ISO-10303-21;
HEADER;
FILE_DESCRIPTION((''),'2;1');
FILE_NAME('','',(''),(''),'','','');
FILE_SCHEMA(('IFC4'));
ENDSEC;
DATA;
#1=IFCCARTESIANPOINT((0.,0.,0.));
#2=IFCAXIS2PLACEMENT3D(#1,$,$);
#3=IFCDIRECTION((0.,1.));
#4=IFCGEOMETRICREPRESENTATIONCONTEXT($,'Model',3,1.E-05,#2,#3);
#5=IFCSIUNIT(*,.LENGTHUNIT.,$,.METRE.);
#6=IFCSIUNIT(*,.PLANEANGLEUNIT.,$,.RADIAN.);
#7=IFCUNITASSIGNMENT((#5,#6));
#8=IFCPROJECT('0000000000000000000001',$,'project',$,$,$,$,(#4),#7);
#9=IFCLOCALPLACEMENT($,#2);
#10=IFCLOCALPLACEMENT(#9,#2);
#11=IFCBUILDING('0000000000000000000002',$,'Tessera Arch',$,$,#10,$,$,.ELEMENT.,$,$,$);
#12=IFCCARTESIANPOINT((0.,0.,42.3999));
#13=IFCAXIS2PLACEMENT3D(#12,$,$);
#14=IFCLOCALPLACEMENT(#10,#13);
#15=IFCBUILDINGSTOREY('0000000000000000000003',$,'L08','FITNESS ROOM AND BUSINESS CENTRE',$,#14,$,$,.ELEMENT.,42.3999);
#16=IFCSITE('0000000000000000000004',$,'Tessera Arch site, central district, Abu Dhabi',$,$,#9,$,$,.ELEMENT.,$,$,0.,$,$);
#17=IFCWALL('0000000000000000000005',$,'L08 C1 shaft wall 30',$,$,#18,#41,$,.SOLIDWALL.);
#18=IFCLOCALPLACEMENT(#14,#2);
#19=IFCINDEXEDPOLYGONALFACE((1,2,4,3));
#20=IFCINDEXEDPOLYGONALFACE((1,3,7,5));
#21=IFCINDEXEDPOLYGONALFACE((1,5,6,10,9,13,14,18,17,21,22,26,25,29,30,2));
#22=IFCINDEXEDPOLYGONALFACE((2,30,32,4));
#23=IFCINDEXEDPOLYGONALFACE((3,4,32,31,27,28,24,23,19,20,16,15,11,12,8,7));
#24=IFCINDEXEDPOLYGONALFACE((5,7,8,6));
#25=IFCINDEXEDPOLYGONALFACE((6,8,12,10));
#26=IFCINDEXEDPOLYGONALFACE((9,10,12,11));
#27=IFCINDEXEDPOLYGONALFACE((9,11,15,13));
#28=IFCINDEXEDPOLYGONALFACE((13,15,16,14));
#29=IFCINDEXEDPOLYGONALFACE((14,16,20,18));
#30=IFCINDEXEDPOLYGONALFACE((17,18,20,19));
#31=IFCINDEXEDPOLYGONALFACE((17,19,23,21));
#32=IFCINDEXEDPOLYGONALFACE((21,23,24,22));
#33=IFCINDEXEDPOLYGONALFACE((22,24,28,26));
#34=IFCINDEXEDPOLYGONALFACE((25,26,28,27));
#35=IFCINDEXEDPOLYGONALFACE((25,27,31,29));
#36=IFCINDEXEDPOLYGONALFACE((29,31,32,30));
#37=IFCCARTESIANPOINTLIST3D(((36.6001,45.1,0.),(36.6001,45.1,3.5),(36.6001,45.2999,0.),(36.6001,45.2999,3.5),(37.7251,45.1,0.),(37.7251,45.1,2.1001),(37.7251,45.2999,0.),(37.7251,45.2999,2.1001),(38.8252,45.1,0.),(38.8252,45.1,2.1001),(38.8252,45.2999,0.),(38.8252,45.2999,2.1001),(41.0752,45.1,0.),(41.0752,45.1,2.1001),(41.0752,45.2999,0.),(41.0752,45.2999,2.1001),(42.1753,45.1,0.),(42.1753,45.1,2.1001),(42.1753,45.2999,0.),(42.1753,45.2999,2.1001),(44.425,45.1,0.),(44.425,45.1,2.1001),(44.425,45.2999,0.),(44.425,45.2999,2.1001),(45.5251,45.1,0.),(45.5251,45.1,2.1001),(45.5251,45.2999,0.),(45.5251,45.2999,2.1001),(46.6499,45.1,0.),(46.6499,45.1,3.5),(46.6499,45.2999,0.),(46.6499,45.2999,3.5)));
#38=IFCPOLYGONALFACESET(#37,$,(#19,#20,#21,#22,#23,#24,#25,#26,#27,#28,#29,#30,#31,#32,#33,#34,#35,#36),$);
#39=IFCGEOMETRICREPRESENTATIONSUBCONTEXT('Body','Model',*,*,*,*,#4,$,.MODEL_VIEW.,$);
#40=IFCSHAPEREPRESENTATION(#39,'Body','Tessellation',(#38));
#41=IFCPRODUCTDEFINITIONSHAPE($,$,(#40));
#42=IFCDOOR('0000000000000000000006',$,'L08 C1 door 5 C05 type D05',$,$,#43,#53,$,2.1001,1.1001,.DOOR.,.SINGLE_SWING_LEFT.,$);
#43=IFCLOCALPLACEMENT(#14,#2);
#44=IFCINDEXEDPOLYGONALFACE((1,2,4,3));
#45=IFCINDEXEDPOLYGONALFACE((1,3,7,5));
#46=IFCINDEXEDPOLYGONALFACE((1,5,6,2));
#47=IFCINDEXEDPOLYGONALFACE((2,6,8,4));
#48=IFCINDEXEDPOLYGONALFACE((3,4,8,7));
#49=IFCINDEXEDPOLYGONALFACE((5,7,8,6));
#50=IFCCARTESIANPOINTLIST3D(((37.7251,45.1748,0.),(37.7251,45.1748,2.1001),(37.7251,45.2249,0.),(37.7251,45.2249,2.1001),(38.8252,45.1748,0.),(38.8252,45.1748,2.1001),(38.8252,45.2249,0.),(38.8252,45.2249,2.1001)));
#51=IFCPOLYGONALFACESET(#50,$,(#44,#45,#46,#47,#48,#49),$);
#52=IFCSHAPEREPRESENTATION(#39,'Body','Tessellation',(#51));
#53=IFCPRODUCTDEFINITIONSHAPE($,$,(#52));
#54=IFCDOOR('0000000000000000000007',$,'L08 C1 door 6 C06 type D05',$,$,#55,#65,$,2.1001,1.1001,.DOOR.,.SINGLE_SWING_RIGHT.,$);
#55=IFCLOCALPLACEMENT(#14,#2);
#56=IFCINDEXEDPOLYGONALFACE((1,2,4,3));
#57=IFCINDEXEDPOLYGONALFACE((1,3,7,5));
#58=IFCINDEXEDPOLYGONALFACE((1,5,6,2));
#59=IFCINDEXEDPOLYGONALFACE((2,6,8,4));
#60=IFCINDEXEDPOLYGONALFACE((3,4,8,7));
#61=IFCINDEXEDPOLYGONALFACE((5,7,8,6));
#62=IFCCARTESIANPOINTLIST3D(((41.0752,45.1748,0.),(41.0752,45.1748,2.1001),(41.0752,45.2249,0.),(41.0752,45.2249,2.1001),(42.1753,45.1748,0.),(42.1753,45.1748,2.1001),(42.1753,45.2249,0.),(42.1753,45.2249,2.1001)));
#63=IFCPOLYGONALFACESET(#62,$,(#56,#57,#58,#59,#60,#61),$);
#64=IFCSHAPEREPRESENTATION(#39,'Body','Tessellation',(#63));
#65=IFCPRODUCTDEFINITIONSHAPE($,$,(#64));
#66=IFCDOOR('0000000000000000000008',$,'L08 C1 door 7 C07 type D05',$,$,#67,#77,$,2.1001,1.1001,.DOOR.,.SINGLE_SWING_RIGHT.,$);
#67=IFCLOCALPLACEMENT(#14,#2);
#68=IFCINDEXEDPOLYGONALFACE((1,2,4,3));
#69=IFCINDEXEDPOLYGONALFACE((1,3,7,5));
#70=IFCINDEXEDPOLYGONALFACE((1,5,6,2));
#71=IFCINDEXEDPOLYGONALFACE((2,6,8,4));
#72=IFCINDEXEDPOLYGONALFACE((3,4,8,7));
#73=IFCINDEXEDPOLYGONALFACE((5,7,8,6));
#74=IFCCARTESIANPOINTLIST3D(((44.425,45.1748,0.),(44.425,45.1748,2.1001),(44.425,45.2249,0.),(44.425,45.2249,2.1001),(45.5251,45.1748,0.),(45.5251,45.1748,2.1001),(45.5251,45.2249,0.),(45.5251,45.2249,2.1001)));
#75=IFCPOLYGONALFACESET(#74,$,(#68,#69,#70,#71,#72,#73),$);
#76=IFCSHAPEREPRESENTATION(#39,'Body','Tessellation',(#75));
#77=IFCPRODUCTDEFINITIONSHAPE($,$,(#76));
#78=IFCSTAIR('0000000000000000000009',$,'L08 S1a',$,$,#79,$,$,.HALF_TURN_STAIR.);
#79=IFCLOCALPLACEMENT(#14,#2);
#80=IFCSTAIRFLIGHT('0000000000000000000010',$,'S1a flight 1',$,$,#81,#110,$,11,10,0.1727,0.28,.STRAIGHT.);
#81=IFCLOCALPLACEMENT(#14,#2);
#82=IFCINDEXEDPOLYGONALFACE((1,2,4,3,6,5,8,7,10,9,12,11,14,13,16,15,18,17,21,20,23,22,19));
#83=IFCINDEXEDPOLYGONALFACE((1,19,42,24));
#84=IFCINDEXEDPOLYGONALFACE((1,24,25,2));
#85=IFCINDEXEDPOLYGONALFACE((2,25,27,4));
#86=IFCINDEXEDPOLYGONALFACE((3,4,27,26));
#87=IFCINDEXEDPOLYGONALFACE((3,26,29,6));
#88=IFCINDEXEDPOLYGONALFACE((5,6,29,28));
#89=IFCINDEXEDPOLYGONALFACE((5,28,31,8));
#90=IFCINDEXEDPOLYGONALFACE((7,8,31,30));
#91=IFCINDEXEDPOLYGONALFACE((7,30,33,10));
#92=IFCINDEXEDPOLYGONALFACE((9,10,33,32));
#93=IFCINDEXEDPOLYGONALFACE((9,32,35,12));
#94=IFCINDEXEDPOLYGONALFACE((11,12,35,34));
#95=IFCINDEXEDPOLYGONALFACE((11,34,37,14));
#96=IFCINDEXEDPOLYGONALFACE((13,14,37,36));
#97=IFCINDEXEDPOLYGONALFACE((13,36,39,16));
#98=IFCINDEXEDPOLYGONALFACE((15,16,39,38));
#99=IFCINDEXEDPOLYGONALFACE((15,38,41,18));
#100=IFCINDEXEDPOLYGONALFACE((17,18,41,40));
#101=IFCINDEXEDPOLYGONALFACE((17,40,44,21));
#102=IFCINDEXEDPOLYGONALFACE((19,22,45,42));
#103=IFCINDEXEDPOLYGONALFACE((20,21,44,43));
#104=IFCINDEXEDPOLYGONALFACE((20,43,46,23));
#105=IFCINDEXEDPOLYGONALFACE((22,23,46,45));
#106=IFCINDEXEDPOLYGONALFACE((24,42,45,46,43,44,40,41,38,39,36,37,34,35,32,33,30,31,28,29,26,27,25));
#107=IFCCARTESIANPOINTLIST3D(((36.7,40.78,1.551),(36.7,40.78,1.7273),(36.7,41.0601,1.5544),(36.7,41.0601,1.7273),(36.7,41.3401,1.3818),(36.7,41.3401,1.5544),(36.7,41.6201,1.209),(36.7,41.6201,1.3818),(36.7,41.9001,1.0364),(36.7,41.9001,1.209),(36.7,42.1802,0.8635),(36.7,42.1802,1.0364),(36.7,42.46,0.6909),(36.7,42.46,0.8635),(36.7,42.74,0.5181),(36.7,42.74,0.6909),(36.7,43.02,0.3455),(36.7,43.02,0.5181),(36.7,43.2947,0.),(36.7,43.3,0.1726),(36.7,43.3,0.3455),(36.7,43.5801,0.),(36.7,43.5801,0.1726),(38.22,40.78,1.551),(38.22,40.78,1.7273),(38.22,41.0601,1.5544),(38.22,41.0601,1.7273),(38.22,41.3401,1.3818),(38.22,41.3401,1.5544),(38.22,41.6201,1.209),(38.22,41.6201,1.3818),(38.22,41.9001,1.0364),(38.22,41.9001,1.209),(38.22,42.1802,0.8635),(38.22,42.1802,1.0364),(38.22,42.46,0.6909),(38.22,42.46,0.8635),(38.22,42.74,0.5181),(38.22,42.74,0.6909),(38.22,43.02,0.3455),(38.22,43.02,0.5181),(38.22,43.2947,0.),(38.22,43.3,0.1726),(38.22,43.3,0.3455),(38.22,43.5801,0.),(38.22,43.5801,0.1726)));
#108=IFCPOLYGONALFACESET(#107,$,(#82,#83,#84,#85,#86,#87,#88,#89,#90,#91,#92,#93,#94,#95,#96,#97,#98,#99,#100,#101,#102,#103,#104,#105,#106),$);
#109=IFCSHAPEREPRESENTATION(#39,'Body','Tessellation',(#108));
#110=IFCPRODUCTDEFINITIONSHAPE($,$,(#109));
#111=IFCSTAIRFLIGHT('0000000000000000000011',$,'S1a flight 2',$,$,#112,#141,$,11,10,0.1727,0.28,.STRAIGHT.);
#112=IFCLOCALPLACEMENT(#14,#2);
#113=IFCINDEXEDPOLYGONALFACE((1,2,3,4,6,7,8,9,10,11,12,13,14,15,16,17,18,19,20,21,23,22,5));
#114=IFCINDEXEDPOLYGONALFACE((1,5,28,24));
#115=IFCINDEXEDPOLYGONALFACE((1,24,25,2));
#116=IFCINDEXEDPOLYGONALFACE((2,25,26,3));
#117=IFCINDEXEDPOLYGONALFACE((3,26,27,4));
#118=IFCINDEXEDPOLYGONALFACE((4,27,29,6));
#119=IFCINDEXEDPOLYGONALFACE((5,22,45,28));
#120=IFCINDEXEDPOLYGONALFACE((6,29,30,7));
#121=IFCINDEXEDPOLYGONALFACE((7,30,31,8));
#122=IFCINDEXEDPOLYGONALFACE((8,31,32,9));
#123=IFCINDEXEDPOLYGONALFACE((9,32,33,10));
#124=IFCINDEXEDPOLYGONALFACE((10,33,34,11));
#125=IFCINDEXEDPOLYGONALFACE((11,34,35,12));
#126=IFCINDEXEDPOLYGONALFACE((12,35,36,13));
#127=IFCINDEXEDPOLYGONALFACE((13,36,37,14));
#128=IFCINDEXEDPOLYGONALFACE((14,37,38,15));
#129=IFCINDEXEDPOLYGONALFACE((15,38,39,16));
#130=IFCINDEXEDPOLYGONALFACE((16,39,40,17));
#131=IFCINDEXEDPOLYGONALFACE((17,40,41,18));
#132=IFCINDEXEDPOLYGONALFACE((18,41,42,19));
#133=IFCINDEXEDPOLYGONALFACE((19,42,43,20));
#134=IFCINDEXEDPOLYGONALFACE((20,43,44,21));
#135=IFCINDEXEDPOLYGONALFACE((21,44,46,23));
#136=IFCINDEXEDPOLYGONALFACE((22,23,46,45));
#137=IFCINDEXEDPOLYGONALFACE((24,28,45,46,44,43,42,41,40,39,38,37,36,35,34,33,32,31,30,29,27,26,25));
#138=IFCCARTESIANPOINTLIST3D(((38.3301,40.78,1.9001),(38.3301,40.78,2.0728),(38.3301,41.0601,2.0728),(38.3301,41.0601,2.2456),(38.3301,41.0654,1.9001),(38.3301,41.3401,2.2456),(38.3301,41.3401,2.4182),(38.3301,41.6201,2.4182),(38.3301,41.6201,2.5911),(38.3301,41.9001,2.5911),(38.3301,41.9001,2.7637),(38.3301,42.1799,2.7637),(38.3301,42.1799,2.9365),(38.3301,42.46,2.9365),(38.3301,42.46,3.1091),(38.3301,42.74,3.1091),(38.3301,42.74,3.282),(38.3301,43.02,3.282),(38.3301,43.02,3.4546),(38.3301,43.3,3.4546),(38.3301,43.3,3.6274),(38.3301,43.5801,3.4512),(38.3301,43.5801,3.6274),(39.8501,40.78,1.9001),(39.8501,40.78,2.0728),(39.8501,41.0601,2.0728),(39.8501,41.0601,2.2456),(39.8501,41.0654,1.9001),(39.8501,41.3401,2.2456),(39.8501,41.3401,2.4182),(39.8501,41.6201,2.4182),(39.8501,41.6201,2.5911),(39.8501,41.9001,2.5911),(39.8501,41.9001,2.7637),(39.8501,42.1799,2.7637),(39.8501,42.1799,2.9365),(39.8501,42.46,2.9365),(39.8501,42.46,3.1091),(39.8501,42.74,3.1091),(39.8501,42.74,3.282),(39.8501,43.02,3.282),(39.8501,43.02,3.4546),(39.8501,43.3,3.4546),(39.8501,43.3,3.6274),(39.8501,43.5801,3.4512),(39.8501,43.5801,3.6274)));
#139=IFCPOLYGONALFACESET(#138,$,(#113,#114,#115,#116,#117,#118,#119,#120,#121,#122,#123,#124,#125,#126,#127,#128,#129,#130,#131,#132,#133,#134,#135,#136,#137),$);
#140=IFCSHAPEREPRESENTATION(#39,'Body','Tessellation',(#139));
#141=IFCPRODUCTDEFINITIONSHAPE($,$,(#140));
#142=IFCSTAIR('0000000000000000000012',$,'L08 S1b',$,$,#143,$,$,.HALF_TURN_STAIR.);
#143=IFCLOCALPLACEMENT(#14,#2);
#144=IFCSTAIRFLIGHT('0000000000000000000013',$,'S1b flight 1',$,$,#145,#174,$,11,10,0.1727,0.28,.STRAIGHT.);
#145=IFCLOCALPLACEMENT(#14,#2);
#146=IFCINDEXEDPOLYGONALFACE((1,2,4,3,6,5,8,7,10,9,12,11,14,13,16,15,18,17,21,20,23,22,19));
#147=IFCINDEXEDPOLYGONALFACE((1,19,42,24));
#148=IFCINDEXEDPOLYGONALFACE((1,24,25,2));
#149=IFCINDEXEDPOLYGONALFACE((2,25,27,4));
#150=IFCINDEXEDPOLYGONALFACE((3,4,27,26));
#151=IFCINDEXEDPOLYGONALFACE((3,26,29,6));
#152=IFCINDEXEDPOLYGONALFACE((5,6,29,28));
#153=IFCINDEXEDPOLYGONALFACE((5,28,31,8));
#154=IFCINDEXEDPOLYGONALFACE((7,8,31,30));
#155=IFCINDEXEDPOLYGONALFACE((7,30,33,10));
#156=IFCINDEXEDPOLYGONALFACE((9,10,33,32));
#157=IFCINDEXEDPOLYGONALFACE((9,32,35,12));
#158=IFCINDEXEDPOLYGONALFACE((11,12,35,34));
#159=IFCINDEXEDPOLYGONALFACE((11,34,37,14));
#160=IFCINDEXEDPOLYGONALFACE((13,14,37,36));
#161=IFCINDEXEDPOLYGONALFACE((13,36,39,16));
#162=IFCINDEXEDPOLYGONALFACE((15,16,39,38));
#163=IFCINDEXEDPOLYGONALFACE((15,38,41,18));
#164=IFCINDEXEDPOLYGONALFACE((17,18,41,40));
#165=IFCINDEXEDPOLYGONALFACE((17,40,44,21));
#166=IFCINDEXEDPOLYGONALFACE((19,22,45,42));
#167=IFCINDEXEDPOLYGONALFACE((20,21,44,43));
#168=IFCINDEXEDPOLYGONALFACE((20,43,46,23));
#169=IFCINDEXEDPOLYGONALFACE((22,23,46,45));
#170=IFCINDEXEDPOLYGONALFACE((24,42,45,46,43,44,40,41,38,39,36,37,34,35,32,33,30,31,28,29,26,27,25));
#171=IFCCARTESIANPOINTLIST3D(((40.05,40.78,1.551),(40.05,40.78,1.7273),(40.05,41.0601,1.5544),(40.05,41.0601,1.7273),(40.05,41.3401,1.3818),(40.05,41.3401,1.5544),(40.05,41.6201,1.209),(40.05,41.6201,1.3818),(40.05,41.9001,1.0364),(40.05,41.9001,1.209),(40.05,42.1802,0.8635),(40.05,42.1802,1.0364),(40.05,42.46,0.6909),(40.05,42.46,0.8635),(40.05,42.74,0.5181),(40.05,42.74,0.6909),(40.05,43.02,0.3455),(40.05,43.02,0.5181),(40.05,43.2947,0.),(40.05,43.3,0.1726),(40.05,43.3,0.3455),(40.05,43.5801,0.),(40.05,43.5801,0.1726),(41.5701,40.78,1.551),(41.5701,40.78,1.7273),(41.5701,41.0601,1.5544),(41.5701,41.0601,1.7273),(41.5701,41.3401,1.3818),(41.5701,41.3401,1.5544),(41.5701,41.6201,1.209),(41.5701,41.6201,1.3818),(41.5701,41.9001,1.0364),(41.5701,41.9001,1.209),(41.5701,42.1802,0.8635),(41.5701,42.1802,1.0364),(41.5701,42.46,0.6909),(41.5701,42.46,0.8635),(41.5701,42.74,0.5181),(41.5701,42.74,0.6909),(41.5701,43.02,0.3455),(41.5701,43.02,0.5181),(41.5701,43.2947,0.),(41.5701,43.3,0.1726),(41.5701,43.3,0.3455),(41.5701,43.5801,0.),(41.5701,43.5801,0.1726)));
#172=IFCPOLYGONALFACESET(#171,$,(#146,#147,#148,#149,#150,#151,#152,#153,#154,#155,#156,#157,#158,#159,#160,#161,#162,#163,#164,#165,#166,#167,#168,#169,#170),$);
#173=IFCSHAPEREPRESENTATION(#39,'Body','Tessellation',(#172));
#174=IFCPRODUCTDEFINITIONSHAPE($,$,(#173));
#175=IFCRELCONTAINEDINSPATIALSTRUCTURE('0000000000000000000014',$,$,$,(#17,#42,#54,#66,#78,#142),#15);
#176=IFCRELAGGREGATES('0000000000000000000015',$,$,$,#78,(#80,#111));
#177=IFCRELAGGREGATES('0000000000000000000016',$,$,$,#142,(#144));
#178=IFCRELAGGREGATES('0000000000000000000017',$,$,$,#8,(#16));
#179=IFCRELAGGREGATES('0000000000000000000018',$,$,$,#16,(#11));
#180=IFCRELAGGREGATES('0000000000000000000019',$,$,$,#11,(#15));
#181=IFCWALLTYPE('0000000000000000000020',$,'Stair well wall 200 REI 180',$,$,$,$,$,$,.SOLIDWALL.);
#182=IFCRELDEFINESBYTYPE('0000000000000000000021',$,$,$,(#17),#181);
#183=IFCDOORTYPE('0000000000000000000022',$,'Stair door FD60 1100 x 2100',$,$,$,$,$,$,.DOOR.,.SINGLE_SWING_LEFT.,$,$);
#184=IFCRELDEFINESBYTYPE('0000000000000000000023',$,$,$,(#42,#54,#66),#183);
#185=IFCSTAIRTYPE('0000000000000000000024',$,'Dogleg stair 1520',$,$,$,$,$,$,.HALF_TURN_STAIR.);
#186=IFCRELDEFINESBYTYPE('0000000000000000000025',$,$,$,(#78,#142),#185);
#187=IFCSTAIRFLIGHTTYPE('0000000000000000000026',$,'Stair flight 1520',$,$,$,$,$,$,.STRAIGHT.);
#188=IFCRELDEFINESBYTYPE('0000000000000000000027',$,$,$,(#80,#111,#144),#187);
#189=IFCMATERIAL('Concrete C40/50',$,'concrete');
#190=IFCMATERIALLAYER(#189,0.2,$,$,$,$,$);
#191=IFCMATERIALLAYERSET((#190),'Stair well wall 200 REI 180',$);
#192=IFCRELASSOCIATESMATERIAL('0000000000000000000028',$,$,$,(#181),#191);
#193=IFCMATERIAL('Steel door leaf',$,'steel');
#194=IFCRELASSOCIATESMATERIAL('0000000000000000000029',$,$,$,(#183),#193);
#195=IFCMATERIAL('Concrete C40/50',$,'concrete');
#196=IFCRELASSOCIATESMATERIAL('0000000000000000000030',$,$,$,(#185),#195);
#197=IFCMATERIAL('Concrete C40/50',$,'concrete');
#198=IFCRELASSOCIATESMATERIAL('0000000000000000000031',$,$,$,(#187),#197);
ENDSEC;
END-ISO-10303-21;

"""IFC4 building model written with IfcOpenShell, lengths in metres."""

from ifc_helpers import new_model, si_unit, direction, frame, frame_2d, origin, place, context, subcontext, project, spatial, polyline, rectangle, outline, extrude, material, layer, layer_set, type_object, element, fill, aggregate, save


model = new_model("IFC4")

# Units and contexts
model_context = context("Model", 3, precision=1e-05, world=origin(), true_north=direction((0.0, 1.0)))
body_context = subcontext(model_context, "Body", "Model", "MODEL_VIEW")
ifc_project = project(units=[si_unit("LENGTHUNIT", "METRE"), si_unit("PLANEANGLEUNIT", "RADIAN")], contexts=[model_context])

# Site, building, storey
site_placement = place(None, origin())
site = spatial("IfcSite", under=ifc_project, at=site_placement, Name="Tessera Arch site, central district, Abu Dhabi", CompositionType="ELEMENT", RefElevation=0.0)
building_placement = place(site_placement, origin())
building = spatial("IfcBuilding", under=site, at=building_placement, Name="Tessera Arch", CompositionType="ELEMENT")
storey_placement = place(building_placement, frame((0.0, 0.0, 42.3999)))
storey = spatial("IfcBuildingStorey", under=building, at=storey_placement, Name="L08", Description="FITNESS ROOM AND BUSINESS CENTRE", CompositionType="ELEMENT", Elevation=42.3999)

# Shared definitions
ifc_material_1 = material(Name="Concrete C40/50", Category="concrete")
ifc_layer_1 = layer(ifc_material_1, 0.2)
ifc_layer_set_1 = layer_set([ifc_layer_1], Name="Stair well wall 200 REI 180")
wall_type_1 = type_object("IfcWallType", Name="Stair well wall 200 REI 180", PredefinedType="SOLIDWALL", material=ifc_layer_set_1)

# Wall, openings, doors
wall_1_placement = place(storey_placement, frame((36.6001, 45.2, 0.0), z_axis=(0.0, 0.0, 1.0), x_axis=(1.0, 0.0, 0.0)))
wall_1 = element("IfcWall", 1, at=wall_1_placement, inside=storey, type_object=wall_type_1, Name="L08 C1 shaft wall 30", PredefinedType="SOLIDWALL", context=body_context, shape_type="SweptSolid", body=[
    extrude(rectangle(XDim=10.0498, YDim=0.2, at=frame_2d((5.0249, 0.0))), origin(), (0.0, 0.0, 1.0), 3.5),
])
opening_1_placement = place(wall_1_placement, frame((1.125, 0.0, 0.0)))
opening_1 = element("IfcOpeningElement", 2, at=opening_1_placement, cuts=wall_1, PredefinedType="OPENING", context=body_context, shape_type="SweptSolid", body=[
    extrude(rectangle(XDim=1.1001, YDim=2.1001, at=frame_2d((0.55, 1.05))), frame((0.0, 0.1099, 0.0), z_axis=(0.0, -1.0, 0.0), x_axis=(1.0, 0.0, 0.0)), (0.0, 0.0, 1.0), 0.22),
])
opening_2_placement = place(wall_1_placement, frame((4.4751, 0.0, 0.0)))
opening_2 = element("IfcOpeningElement", 3, at=opening_2_placement, cuts=wall_1, PredefinedType="OPENING", context=body_context, shape_type="SweptSolid", body=[
    extrude(rectangle(XDim=1.1001, YDim=2.1001, at=frame_2d((0.55, 1.05))), frame((0.0, 0.1099, 0.0), z_axis=(0.0, -1.0, 0.0), x_axis=(1.0, 0.0, 0.0)), (0.0, 0.0, 1.0), 0.22),
])
opening_3_placement = place(wall_1_placement, frame((7.825, 0.0, 0.0)))
opening_3 = element("IfcOpeningElement", 4, at=opening_3_placement, cuts=wall_1, PredefinedType="OPENING", context=body_context, shape_type="SweptSolid", body=[
    extrude(rectangle(XDim=1.1001, YDim=2.1001, at=frame_2d((0.55, 1.05))), frame((0.0, 0.1099, 0.0), z_axis=(0.0, -1.0, 0.0), x_axis=(1.0, 0.0, 0.0)), (0.0, 0.0, 1.0), 0.22),
])
ifc_material_2 = material(Name="Steel door leaf", Category="steel")
door_type_1 = type_object("IfcDoorType", Name="Stair door FD60 1100 x 2100", OperationType="SINGLE_SWING_LEFT", PredefinedType="DOOR", material=ifc_material_2)
door_1_placement = place(opening_1_placement, origin())
door_1 = element("IfcDoor", 5, at=door_1_placement, inside=storey, type_object=door_type_1, Name="L08 C1 door 5 C05 type D05", OperationType="SINGLE_SWING_LEFT", OverallHeight=2.1001, OverallWidth=1.1001, PredefinedType="DOOR", context=body_context, shape_type="SweptSolid", body=[
    extrude(rectangle(XDim=1.1001, YDim=2.1001, at=frame_2d((0.55, 1.05))), frame((0.0, 0.0249, 0.0), z_axis=(0.0, -1.0, 0.0), x_axis=(1.0, 0.0, 0.0)), (0.0, 0.0, 1.0), 0.05),
])
fill(opening_1, door_1)
door_2_placement = place(opening_2_placement, origin())
door_2 = element("IfcDoor", 6, at=door_2_placement, inside=storey, type_object=door_type_1, Name="L08 C1 door 6 C06 type D05", OperationType="SINGLE_SWING_RIGHT", OverallHeight=2.1001, OverallWidth=1.1001, PredefinedType="DOOR", context=body_context, shape_type="SweptSolid", body=[
    extrude(rectangle(XDim=1.1001, YDim=2.1001, at=frame_2d((0.55, 1.05))), frame((0.0, 0.0249, 0.0), z_axis=(0.0, -1.0, 0.0), x_axis=(1.0, 0.0, 0.0)), (0.0, 0.0, 1.0), 0.05),
])
fill(opening_2, door_2)
door_3_placement = place(opening_3_placement, origin())
door_3 = element("IfcDoor", 7, at=door_3_placement, inside=storey, type_object=door_type_1, Name="L08 C1 door 7 C07 type D05", OperationType="SINGLE_SWING_RIGHT", OverallHeight=2.1001, OverallWidth=1.1001, PredefinedType="DOOR", context=body_context, shape_type="SweptSolid", body=[
    extrude(rectangle(XDim=1.1001, YDim=2.1001, at=frame_2d((0.55, 1.05))), frame((0.0, 0.0249, 0.0), z_axis=(0.0, -1.0, 0.0), x_axis=(1.0, 0.0, 0.0)), (0.0, 0.0, 1.0), 0.05),
])
fill(opening_3, door_3)

# Stair, stair flights
ifc_material_3 = material(Name="Concrete C40/50", Category="concrete")
stair_type = type_object("IfcStairType", Name="Dogleg stair 1520", PredefinedType="HALF_TURN_STAIR", material=ifc_material_3)
stair_1_placement = place(storey_placement, origin())
stair_1 = element("IfcStair", 8, at=stair_1_placement, inside=storey, type_object=stair_type, Name="L08 S1a", PredefinedType="HALF_TURN_STAIR")
ifc_material_4 = material(Name="Concrete C40/50", Category="concrete")
stair_flight_type = type_object("IfcStairFlightType", Name="Stair flight 1520", PredefinedType="STRAIGHT", material=ifc_material_4)
stair_flight_1_placement = place(storey_placement, frame((37.46, 43.5801, 0.0), z_axis=(0.0, 0.0, 1.0), x_axis=(0.0, -1.0, 0.0)))
stair_flight_1 = element("IfcStairFlight", 9, at=stair_flight_1_placement, type_object=stair_flight_type, Name="S1a flight 1", NumberOfRisers=11, NumberOfTreads=10, PredefinedType="STRAIGHT", RiserHeight=0.1727, TreadLength=0.28, context=body_context, shape_type="SweptSolid", body=[
    extrude(outline(polyline([(0.0, 0.0), (0.0, 0.1726), (0.28, 0.1726), (0.28, 0.3455), (0.5601, 0.3455), (0.5601, 0.5181), (0.8401, 0.5181), (0.8401, 0.6909), (1.1201, 0.6909), (1.1201, 0.8635), (1.3999, 0.8635), (1.3999, 1.0364), (1.6799, 1.0364), (1.6799, 1.209), (1.96, 1.209), (1.96, 1.3818), (2.24, 1.3818), (2.24, 1.5544), (2.52, 1.5544), (2.52, 1.7273), (2.8, 1.7273), (2.8, 1.8999), (2.8, 1.551), (0.2854, 0.0), (0.0, 0.0)])), frame((0.0, 0.76, 0.0), z_axis=(0.0, -1.0, 0.0), x_axis=(1.0, 0.0, 0.0)), (0.0, 0.0, 1.0), 1.52),
])
stair_flight_2_placement = place(storey_placement, frame((39.0901, 40.78, 1.9001), z_axis=(0.0, 0.0, 1.0), x_axis=(0.0, 1.0, 0.0)))
stair_flight_2 = element("IfcStairFlight", 10, at=stair_flight_2_placement, type_object=stair_flight_type, Name="S1a flight 2", NumberOfRisers=11, NumberOfTreads=10, PredefinedType="STRAIGHT", RiserHeight=0.1727, TreadLength=0.28, context=body_context, shape_type="SweptSolid", body=[
    extrude(outline(polyline([(0.0, 0.0), (0.0, 0.1726), (0.28, 0.1726), (0.28, 0.3455), (0.5601, 0.3455), (0.5601, 0.5181), (0.8401, 0.5181), (0.8401, 0.6909), (1.1201, 0.6909), (1.1201, 0.8635), (1.3999, 0.8635), (1.3999, 1.0364), (1.6799, 1.0364), (1.6799, 1.209), (1.96, 1.209), (1.96, 1.3818), (2.24, 1.3818), (2.24, 1.5544), (2.52, 1.5544), (2.52, 1.7273), (2.8, 1.7273), (2.8, 1.8999), (2.8, 1.551), (0.2854, 0.0), (0.0, 0.0)])), frame((0.0, 0.76, 0.0), z_axis=(0.0, -1.0, 0.0), x_axis=(1.0, 0.0, 0.0)), (0.0, 0.0, 1.0), 1.52),
])
aggregate(stair_1, [stair_flight_1, stair_flight_2])

# Stair, stair flight
stair_2_placement = place(storey_placement, origin())
stair_2 = element("IfcStair", 11, at=stair_2_placement, inside=storey, type_object=stair_type, Name="L08 S1b", PredefinedType="HALF_TURN_STAIR")
stair_flight_3_placement = place(storey_placement, frame((40.8101, 43.5801, 0.0), z_axis=(0.0, 0.0, 1.0), x_axis=(0.0, -1.0, 0.0)))
stair_flight_3 = element("IfcStairFlight", 12, at=stair_flight_3_placement, type_object=stair_flight_type, Name="S1b flight 1", NumberOfRisers=11, NumberOfTreads=10, PredefinedType="STRAIGHT", RiserHeight=0.1727, TreadLength=0.28, context=body_context, shape_type="SweptSolid", body=[
    extrude(outline(polyline([(0.0, 0.0), (0.0, 0.1726), (0.28, 0.1726), (0.28, 0.3455), (0.5601, 0.3455), (0.5601, 0.5181), (0.8401, 0.5181), (0.8401, 0.6909), (1.1201, 0.6909), (1.1201, 0.8635), (1.3999, 0.8635), (1.3999, 1.0364), (1.6799, 1.0364), (1.6799, 1.209), (1.96, 1.209), (1.96, 1.3818), (2.24, 1.3818), (2.24, 1.5544), (2.52, 1.5544), (2.52, 1.7273), (2.8, 1.7273), (2.8, 1.8999), (2.8, 1.551), (0.2854, 0.0), (0.0, 0.0)])), frame((0.0, 0.76, 0.0), z_axis=(0.0, -1.0, 0.0), x_axis=(1.0, 0.0, 0.0)), (0.0, 0.0, 1.0), 1.52),
])
aggregate(stair_2, [stair_flight_3])

save(model, "model.ifc")
